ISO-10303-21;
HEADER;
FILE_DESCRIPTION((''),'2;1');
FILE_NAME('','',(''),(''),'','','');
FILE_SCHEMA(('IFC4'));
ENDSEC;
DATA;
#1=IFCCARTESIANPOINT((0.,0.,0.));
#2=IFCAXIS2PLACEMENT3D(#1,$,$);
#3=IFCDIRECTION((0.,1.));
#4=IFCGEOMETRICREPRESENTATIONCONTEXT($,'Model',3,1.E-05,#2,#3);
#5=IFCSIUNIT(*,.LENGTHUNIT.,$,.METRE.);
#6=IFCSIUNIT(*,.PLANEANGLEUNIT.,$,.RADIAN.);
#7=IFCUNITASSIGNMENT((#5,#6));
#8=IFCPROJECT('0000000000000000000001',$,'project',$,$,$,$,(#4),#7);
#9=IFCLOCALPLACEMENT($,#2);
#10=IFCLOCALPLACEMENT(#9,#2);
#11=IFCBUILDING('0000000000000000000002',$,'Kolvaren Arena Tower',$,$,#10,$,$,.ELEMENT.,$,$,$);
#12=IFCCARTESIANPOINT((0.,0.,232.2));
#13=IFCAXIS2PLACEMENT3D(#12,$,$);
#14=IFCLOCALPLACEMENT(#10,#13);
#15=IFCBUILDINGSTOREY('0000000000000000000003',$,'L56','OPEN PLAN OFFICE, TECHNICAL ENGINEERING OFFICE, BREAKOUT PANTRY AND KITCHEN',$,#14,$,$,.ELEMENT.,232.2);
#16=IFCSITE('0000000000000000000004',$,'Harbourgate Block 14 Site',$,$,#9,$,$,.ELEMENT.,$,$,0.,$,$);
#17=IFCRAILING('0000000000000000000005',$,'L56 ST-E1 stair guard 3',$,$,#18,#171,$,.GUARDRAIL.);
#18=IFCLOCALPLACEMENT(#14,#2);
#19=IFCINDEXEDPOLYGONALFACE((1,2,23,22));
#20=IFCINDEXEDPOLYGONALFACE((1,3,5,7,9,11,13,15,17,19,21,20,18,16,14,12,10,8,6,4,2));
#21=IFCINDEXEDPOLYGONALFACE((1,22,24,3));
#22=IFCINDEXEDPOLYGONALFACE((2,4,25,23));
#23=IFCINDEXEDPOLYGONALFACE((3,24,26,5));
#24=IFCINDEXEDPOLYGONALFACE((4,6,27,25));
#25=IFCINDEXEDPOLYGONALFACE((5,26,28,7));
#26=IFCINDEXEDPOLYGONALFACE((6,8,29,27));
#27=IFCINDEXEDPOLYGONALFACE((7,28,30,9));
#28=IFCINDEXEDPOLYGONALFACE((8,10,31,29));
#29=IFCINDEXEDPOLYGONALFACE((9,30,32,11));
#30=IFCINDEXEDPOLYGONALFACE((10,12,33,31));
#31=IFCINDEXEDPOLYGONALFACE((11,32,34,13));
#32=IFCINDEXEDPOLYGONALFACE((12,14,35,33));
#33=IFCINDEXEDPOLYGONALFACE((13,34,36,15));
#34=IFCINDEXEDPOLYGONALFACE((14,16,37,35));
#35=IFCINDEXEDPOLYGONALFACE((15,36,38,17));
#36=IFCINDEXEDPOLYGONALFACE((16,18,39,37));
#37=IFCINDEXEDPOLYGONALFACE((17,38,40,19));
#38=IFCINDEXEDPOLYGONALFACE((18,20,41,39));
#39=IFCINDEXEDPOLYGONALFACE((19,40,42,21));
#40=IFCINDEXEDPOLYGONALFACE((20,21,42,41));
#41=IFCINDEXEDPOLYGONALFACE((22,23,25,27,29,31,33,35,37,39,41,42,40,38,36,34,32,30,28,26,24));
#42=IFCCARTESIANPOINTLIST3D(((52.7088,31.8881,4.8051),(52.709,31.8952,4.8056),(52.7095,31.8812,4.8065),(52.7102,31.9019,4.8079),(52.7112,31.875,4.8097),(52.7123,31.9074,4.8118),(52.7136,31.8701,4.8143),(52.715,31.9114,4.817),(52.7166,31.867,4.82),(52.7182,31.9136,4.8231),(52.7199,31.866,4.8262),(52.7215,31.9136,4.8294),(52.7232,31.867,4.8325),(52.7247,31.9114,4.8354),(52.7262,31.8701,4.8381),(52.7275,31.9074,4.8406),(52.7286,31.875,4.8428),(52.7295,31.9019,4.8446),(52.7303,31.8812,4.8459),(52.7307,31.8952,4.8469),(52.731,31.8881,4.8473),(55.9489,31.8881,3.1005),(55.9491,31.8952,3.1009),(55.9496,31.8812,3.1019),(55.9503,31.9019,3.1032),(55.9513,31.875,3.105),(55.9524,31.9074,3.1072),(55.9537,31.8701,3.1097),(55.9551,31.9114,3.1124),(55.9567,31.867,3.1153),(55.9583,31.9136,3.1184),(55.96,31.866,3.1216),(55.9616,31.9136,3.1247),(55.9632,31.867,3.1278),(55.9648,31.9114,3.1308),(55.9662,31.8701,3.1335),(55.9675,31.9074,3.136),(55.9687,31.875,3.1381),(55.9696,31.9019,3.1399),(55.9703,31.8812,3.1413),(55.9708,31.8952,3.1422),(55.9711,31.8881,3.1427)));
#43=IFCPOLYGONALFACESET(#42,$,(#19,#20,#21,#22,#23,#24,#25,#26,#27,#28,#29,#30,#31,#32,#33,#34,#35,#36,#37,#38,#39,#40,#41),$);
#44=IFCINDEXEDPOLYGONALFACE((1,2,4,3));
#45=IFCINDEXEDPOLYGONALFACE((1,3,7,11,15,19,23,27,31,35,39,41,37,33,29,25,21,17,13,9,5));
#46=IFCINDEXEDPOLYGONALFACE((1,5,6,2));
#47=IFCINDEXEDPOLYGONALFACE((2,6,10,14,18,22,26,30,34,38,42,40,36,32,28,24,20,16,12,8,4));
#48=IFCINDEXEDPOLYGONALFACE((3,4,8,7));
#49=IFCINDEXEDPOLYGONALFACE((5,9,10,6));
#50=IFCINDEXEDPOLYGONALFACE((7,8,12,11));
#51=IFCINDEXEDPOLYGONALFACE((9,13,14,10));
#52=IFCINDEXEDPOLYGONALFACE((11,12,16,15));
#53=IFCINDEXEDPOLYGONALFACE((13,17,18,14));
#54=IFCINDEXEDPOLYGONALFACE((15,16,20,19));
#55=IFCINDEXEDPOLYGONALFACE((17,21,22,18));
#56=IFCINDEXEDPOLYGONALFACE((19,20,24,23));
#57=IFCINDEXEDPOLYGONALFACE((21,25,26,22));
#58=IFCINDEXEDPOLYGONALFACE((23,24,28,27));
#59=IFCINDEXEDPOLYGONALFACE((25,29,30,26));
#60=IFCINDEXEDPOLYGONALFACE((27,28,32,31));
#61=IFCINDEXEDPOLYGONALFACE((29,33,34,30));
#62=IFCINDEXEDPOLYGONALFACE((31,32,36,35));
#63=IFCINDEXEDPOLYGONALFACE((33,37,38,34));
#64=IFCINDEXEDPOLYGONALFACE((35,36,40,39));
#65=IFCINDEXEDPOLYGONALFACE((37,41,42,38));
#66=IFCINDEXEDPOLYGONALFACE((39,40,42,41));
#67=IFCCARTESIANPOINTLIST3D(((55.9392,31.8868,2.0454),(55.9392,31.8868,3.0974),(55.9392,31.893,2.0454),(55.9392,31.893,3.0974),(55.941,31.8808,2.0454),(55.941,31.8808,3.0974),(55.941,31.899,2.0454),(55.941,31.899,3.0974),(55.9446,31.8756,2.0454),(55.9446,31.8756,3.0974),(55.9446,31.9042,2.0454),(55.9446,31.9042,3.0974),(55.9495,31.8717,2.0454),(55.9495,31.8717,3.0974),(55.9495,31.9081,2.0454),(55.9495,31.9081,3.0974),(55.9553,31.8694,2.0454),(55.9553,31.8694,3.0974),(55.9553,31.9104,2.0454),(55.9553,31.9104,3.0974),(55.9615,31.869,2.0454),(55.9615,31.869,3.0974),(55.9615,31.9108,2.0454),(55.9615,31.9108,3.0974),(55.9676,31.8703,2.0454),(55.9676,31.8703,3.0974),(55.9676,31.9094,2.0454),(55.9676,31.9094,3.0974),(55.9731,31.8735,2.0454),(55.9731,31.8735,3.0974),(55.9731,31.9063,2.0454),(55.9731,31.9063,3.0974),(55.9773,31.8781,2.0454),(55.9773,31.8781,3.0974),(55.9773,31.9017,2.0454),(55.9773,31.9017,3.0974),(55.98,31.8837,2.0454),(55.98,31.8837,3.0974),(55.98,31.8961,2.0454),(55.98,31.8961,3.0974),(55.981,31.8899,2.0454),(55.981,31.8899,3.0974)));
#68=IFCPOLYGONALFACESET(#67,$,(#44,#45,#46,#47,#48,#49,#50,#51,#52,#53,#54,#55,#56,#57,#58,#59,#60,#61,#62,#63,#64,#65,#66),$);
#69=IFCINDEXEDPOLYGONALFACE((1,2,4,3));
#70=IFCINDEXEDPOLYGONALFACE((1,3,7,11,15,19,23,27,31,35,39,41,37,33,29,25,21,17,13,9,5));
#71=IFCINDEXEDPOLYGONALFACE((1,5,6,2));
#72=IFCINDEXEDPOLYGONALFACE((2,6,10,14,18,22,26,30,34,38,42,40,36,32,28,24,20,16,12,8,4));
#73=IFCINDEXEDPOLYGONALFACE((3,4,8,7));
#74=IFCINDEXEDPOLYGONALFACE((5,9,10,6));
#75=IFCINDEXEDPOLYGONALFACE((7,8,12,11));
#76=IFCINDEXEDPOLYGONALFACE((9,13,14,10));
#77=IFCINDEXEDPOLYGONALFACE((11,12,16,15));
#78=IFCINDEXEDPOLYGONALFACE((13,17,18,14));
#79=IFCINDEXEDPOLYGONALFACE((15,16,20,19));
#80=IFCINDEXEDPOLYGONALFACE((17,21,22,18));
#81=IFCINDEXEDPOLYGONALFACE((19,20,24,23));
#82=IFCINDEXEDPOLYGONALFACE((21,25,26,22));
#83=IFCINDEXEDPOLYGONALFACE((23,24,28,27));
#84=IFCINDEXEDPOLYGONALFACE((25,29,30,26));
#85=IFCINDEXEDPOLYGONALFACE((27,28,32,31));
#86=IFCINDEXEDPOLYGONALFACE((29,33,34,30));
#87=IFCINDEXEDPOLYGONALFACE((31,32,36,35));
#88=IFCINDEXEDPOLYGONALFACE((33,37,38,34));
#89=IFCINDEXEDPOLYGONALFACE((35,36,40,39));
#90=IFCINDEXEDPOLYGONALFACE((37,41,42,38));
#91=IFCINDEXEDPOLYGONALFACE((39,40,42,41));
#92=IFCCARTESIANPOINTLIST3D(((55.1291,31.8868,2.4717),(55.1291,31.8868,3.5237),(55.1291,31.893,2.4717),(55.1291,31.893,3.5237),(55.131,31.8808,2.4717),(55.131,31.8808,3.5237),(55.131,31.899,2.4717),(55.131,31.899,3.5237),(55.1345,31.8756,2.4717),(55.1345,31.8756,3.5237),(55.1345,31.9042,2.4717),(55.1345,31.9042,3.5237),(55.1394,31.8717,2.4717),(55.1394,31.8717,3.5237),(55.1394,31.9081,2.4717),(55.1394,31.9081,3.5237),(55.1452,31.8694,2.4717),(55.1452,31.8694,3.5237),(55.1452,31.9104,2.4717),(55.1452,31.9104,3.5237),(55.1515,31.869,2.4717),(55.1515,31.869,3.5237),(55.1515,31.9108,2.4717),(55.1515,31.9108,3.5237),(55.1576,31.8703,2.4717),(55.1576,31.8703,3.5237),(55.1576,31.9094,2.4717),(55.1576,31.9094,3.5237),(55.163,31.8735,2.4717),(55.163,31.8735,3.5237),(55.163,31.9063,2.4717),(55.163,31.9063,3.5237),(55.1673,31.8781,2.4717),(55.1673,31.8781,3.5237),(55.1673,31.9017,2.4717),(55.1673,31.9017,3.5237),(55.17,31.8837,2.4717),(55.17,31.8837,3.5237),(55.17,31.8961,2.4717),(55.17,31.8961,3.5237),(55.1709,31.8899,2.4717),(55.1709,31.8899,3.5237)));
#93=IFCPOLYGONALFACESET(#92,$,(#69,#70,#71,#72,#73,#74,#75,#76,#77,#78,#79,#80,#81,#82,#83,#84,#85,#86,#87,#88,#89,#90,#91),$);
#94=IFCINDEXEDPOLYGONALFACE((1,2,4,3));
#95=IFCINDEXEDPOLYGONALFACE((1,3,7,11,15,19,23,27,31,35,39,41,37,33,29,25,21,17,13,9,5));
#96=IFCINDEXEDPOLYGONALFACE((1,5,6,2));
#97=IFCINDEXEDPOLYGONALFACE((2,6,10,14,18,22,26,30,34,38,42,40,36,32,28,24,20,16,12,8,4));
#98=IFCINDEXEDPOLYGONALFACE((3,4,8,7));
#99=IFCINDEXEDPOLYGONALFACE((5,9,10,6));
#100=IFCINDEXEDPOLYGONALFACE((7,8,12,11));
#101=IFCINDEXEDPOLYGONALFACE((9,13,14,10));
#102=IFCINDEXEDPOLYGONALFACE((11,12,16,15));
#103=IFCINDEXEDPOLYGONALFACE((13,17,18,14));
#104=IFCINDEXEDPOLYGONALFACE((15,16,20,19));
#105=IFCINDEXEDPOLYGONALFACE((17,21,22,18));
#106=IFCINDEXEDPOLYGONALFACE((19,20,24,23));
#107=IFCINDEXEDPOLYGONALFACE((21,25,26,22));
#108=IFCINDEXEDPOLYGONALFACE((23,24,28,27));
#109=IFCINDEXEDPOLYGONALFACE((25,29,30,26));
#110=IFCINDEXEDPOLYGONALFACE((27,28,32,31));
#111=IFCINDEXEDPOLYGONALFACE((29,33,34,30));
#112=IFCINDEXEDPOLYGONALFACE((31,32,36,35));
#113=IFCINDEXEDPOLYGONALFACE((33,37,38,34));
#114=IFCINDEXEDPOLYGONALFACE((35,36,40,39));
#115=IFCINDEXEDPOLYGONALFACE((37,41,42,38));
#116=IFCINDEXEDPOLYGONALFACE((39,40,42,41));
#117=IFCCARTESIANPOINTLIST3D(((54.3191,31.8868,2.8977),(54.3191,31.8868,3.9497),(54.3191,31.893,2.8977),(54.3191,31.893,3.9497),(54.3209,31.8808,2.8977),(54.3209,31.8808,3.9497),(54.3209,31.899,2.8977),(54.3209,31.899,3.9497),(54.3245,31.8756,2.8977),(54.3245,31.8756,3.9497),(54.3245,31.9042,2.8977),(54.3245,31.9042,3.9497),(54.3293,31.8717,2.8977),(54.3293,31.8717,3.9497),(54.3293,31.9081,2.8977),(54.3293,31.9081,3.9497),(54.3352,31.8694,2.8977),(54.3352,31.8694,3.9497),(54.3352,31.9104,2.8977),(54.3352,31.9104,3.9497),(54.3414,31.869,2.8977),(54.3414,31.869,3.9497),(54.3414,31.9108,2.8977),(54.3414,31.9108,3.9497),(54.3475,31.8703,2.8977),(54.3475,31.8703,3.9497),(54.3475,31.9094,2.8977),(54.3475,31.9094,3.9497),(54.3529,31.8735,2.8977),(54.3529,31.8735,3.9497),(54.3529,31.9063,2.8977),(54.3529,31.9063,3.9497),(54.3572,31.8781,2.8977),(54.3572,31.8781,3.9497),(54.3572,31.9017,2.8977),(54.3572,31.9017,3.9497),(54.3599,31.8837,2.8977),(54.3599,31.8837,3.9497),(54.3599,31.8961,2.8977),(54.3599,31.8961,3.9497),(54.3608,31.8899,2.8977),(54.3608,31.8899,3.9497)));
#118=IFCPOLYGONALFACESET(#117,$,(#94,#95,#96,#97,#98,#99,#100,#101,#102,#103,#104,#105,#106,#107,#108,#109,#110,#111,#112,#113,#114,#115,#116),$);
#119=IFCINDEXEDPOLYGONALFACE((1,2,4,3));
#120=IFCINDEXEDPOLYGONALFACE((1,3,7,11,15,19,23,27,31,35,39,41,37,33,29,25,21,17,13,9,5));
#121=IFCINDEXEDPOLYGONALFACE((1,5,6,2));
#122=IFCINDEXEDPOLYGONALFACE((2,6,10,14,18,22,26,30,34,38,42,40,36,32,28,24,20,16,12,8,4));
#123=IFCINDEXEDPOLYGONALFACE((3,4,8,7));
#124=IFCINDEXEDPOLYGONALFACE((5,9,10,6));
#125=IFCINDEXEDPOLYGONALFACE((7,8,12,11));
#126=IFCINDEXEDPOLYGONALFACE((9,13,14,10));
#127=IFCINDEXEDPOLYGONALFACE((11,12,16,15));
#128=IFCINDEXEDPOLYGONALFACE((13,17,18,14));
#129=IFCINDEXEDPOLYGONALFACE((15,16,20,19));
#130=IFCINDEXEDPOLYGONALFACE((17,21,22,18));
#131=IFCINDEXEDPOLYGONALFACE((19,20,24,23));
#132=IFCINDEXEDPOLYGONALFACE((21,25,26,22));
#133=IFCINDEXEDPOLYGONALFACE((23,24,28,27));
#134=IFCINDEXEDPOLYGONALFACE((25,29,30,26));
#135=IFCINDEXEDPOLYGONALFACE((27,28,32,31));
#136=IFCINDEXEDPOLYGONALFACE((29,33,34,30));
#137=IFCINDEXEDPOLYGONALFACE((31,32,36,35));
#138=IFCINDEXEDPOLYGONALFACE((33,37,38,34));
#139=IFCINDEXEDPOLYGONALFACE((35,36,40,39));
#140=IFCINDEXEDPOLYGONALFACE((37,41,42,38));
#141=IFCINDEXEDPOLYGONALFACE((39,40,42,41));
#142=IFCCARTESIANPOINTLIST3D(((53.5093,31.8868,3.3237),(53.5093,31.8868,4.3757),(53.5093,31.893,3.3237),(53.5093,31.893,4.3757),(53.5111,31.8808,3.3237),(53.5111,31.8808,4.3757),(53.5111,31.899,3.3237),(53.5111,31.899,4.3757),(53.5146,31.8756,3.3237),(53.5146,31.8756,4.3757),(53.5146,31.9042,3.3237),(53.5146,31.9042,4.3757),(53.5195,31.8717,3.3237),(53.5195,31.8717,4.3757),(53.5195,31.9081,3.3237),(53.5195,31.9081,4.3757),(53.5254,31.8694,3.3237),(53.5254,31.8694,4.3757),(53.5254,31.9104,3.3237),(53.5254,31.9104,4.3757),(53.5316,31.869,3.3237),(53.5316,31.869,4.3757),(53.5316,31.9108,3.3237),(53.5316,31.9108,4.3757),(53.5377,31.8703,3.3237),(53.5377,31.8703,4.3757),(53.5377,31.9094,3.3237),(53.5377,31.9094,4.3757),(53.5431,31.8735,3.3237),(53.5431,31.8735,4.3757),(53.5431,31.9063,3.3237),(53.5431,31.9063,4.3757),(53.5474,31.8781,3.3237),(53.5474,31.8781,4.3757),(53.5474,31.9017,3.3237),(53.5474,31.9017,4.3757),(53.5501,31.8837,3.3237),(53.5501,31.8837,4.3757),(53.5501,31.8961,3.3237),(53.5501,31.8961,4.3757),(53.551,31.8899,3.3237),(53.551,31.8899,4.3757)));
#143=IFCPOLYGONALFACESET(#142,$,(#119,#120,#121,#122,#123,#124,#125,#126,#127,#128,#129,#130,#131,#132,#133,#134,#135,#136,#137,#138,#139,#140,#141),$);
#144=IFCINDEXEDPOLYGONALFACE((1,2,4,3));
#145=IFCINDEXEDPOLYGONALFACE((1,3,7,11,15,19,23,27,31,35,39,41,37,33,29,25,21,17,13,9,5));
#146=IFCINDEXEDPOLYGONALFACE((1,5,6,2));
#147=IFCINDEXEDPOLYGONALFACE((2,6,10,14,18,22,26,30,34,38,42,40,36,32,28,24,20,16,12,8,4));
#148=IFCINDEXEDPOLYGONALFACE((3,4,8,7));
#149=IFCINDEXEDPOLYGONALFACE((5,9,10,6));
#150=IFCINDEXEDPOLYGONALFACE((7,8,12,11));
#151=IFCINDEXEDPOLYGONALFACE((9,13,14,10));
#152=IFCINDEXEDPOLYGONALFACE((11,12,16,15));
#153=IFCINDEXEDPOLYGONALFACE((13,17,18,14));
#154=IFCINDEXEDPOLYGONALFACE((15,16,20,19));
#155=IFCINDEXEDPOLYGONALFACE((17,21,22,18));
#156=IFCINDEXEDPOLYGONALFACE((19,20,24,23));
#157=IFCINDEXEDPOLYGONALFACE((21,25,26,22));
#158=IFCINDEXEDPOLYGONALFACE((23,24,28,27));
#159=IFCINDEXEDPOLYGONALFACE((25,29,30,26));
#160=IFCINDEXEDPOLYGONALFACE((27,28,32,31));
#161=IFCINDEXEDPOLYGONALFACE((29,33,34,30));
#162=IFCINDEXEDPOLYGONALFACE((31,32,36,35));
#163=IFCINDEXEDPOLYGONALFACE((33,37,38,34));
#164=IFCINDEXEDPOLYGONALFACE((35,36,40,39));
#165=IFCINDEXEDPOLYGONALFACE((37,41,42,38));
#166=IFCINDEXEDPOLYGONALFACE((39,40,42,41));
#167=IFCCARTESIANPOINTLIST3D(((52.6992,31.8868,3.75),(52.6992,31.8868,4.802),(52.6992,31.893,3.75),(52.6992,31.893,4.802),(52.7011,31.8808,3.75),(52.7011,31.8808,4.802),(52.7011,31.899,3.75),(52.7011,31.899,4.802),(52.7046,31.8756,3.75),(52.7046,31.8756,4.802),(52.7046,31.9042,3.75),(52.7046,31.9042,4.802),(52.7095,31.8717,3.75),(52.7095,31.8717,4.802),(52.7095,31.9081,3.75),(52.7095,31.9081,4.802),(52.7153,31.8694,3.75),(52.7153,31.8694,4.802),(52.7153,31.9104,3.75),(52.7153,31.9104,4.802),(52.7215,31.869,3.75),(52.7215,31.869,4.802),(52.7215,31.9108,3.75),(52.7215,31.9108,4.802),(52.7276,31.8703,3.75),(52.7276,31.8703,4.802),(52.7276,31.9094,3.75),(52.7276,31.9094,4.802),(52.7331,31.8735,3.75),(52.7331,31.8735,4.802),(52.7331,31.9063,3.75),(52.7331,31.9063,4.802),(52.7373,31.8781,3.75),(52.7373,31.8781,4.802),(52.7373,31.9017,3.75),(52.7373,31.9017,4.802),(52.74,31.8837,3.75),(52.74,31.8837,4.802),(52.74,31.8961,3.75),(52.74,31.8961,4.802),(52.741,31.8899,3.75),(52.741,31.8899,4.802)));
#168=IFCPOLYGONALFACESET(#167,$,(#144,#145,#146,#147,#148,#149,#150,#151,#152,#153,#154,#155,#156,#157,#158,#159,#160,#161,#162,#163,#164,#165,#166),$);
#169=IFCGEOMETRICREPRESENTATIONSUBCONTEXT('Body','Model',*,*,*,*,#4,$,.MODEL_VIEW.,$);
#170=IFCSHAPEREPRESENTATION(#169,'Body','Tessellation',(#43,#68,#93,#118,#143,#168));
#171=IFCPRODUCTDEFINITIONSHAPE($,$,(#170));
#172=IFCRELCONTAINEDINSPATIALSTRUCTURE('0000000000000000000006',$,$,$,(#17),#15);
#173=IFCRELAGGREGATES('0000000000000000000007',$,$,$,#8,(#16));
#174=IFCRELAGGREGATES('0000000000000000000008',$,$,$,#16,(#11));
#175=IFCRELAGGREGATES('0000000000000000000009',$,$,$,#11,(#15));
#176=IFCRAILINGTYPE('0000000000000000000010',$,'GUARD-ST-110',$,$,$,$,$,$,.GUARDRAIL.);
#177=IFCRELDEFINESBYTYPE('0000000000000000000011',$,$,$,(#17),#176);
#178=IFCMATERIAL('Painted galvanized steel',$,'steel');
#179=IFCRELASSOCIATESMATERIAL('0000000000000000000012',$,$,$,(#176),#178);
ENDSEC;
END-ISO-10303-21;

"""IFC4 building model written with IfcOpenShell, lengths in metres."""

from ifc_helpers import new_model, si_unit, direction, frame, origin, origin_2d, place, context, subcontext, project, spatial, circle, extrude, material, type_object, element, save


model = new_model("IFC4")

# Units and contexts
model_context = context("Model", 3, precision=1e-05, world=origin(), true_north=direction((0.0, 1.0)))
body_context = subcontext(model_context, "Body", "Model", "MODEL_VIEW")
ifc_project = project(units=[si_unit("LENGTHUNIT", "METRE"), si_unit("PLANEANGLEUNIT", "RADIAN")], contexts=[model_context])

# Site, building, storey
site_placement = place(None, origin())
site = spatial("IfcSite", under=ifc_project, at=site_placement, Name="Harbourgate Block 14 Site", CompositionType="ELEMENT", RefElevation=0.0)
building_placement = place(site_placement, origin())
building = spatial("IfcBuilding", under=site, at=building_placement, Name="Kolvaren Arena Tower", CompositionType="ELEMENT")
storey_placement = place(building_placement, frame((0.0, 0.0, 232.2)))
storey = spatial("IfcBuildingStorey", under=building, at=storey_placement, Name="L56", Description="OPEN PLAN OFFICE, TECHNICAL ENGINEERING OFFICE, BREAKOUT PANTRY AND KITCHEN", CompositionType="ELEMENT", Elevation=232.2)

# Railing
ifc_material_1 = material(Name="Painted galvanized steel", Category="steel")
railing_type_1 = type_object("IfcRailingType", Name="GUARD-ST-110", PredefinedType="GUARDRAIL", material=ifc_material_1)
railing_1_placement = place(storey_placement, frame((55.96, 31.8899, 2.0454)))
element("IfcRailing", 1, at=railing_1_placement, inside=storey, type_object=railing_type_1, Name="L56 ST-E1 stair guard 3", PredefinedType="GUARDRAIL", context=body_context, shape_type="SweptSolid", body=[
    extrude(circle(Radius=0.0239, at=origin_2d()), frame((0.0, 0.0, 1.0762), z_axis=(-0.884993, 0.0, 0.465604), x_axis=(0.0, -1.0, 0.0)), (0.0, 0.0, 1.0), 3.6611),
    extrude(circle(Radius=0.021, at=origin_2d()), origin(), (0.0, 0.0, 1.0), 1.052),
    extrude(circle(Radius=0.021, at=origin_2d()), frame((-0.8101, 0.0, 0.4263)), (0.0, 0.0, 1.0), 1.052),
    extrude(circle(Radius=0.021, at=origin_2d()), frame((-1.6201, 0.0, 0.8523)), (0.0, 0.0, 1.0), 1.052),
    extrude(circle(Radius=0.021, at=origin_2d()), frame((-2.4299, 0.0, 1.2783)), (0.0, 0.0, 1.0), 1.052),
    extrude(circle(Radius=0.021, at=origin_2d()), frame((-3.24, 0.0, 1.7046)), (0.0, 0.0, 1.0), 1.052),
])

save(model, "model.ifc")
